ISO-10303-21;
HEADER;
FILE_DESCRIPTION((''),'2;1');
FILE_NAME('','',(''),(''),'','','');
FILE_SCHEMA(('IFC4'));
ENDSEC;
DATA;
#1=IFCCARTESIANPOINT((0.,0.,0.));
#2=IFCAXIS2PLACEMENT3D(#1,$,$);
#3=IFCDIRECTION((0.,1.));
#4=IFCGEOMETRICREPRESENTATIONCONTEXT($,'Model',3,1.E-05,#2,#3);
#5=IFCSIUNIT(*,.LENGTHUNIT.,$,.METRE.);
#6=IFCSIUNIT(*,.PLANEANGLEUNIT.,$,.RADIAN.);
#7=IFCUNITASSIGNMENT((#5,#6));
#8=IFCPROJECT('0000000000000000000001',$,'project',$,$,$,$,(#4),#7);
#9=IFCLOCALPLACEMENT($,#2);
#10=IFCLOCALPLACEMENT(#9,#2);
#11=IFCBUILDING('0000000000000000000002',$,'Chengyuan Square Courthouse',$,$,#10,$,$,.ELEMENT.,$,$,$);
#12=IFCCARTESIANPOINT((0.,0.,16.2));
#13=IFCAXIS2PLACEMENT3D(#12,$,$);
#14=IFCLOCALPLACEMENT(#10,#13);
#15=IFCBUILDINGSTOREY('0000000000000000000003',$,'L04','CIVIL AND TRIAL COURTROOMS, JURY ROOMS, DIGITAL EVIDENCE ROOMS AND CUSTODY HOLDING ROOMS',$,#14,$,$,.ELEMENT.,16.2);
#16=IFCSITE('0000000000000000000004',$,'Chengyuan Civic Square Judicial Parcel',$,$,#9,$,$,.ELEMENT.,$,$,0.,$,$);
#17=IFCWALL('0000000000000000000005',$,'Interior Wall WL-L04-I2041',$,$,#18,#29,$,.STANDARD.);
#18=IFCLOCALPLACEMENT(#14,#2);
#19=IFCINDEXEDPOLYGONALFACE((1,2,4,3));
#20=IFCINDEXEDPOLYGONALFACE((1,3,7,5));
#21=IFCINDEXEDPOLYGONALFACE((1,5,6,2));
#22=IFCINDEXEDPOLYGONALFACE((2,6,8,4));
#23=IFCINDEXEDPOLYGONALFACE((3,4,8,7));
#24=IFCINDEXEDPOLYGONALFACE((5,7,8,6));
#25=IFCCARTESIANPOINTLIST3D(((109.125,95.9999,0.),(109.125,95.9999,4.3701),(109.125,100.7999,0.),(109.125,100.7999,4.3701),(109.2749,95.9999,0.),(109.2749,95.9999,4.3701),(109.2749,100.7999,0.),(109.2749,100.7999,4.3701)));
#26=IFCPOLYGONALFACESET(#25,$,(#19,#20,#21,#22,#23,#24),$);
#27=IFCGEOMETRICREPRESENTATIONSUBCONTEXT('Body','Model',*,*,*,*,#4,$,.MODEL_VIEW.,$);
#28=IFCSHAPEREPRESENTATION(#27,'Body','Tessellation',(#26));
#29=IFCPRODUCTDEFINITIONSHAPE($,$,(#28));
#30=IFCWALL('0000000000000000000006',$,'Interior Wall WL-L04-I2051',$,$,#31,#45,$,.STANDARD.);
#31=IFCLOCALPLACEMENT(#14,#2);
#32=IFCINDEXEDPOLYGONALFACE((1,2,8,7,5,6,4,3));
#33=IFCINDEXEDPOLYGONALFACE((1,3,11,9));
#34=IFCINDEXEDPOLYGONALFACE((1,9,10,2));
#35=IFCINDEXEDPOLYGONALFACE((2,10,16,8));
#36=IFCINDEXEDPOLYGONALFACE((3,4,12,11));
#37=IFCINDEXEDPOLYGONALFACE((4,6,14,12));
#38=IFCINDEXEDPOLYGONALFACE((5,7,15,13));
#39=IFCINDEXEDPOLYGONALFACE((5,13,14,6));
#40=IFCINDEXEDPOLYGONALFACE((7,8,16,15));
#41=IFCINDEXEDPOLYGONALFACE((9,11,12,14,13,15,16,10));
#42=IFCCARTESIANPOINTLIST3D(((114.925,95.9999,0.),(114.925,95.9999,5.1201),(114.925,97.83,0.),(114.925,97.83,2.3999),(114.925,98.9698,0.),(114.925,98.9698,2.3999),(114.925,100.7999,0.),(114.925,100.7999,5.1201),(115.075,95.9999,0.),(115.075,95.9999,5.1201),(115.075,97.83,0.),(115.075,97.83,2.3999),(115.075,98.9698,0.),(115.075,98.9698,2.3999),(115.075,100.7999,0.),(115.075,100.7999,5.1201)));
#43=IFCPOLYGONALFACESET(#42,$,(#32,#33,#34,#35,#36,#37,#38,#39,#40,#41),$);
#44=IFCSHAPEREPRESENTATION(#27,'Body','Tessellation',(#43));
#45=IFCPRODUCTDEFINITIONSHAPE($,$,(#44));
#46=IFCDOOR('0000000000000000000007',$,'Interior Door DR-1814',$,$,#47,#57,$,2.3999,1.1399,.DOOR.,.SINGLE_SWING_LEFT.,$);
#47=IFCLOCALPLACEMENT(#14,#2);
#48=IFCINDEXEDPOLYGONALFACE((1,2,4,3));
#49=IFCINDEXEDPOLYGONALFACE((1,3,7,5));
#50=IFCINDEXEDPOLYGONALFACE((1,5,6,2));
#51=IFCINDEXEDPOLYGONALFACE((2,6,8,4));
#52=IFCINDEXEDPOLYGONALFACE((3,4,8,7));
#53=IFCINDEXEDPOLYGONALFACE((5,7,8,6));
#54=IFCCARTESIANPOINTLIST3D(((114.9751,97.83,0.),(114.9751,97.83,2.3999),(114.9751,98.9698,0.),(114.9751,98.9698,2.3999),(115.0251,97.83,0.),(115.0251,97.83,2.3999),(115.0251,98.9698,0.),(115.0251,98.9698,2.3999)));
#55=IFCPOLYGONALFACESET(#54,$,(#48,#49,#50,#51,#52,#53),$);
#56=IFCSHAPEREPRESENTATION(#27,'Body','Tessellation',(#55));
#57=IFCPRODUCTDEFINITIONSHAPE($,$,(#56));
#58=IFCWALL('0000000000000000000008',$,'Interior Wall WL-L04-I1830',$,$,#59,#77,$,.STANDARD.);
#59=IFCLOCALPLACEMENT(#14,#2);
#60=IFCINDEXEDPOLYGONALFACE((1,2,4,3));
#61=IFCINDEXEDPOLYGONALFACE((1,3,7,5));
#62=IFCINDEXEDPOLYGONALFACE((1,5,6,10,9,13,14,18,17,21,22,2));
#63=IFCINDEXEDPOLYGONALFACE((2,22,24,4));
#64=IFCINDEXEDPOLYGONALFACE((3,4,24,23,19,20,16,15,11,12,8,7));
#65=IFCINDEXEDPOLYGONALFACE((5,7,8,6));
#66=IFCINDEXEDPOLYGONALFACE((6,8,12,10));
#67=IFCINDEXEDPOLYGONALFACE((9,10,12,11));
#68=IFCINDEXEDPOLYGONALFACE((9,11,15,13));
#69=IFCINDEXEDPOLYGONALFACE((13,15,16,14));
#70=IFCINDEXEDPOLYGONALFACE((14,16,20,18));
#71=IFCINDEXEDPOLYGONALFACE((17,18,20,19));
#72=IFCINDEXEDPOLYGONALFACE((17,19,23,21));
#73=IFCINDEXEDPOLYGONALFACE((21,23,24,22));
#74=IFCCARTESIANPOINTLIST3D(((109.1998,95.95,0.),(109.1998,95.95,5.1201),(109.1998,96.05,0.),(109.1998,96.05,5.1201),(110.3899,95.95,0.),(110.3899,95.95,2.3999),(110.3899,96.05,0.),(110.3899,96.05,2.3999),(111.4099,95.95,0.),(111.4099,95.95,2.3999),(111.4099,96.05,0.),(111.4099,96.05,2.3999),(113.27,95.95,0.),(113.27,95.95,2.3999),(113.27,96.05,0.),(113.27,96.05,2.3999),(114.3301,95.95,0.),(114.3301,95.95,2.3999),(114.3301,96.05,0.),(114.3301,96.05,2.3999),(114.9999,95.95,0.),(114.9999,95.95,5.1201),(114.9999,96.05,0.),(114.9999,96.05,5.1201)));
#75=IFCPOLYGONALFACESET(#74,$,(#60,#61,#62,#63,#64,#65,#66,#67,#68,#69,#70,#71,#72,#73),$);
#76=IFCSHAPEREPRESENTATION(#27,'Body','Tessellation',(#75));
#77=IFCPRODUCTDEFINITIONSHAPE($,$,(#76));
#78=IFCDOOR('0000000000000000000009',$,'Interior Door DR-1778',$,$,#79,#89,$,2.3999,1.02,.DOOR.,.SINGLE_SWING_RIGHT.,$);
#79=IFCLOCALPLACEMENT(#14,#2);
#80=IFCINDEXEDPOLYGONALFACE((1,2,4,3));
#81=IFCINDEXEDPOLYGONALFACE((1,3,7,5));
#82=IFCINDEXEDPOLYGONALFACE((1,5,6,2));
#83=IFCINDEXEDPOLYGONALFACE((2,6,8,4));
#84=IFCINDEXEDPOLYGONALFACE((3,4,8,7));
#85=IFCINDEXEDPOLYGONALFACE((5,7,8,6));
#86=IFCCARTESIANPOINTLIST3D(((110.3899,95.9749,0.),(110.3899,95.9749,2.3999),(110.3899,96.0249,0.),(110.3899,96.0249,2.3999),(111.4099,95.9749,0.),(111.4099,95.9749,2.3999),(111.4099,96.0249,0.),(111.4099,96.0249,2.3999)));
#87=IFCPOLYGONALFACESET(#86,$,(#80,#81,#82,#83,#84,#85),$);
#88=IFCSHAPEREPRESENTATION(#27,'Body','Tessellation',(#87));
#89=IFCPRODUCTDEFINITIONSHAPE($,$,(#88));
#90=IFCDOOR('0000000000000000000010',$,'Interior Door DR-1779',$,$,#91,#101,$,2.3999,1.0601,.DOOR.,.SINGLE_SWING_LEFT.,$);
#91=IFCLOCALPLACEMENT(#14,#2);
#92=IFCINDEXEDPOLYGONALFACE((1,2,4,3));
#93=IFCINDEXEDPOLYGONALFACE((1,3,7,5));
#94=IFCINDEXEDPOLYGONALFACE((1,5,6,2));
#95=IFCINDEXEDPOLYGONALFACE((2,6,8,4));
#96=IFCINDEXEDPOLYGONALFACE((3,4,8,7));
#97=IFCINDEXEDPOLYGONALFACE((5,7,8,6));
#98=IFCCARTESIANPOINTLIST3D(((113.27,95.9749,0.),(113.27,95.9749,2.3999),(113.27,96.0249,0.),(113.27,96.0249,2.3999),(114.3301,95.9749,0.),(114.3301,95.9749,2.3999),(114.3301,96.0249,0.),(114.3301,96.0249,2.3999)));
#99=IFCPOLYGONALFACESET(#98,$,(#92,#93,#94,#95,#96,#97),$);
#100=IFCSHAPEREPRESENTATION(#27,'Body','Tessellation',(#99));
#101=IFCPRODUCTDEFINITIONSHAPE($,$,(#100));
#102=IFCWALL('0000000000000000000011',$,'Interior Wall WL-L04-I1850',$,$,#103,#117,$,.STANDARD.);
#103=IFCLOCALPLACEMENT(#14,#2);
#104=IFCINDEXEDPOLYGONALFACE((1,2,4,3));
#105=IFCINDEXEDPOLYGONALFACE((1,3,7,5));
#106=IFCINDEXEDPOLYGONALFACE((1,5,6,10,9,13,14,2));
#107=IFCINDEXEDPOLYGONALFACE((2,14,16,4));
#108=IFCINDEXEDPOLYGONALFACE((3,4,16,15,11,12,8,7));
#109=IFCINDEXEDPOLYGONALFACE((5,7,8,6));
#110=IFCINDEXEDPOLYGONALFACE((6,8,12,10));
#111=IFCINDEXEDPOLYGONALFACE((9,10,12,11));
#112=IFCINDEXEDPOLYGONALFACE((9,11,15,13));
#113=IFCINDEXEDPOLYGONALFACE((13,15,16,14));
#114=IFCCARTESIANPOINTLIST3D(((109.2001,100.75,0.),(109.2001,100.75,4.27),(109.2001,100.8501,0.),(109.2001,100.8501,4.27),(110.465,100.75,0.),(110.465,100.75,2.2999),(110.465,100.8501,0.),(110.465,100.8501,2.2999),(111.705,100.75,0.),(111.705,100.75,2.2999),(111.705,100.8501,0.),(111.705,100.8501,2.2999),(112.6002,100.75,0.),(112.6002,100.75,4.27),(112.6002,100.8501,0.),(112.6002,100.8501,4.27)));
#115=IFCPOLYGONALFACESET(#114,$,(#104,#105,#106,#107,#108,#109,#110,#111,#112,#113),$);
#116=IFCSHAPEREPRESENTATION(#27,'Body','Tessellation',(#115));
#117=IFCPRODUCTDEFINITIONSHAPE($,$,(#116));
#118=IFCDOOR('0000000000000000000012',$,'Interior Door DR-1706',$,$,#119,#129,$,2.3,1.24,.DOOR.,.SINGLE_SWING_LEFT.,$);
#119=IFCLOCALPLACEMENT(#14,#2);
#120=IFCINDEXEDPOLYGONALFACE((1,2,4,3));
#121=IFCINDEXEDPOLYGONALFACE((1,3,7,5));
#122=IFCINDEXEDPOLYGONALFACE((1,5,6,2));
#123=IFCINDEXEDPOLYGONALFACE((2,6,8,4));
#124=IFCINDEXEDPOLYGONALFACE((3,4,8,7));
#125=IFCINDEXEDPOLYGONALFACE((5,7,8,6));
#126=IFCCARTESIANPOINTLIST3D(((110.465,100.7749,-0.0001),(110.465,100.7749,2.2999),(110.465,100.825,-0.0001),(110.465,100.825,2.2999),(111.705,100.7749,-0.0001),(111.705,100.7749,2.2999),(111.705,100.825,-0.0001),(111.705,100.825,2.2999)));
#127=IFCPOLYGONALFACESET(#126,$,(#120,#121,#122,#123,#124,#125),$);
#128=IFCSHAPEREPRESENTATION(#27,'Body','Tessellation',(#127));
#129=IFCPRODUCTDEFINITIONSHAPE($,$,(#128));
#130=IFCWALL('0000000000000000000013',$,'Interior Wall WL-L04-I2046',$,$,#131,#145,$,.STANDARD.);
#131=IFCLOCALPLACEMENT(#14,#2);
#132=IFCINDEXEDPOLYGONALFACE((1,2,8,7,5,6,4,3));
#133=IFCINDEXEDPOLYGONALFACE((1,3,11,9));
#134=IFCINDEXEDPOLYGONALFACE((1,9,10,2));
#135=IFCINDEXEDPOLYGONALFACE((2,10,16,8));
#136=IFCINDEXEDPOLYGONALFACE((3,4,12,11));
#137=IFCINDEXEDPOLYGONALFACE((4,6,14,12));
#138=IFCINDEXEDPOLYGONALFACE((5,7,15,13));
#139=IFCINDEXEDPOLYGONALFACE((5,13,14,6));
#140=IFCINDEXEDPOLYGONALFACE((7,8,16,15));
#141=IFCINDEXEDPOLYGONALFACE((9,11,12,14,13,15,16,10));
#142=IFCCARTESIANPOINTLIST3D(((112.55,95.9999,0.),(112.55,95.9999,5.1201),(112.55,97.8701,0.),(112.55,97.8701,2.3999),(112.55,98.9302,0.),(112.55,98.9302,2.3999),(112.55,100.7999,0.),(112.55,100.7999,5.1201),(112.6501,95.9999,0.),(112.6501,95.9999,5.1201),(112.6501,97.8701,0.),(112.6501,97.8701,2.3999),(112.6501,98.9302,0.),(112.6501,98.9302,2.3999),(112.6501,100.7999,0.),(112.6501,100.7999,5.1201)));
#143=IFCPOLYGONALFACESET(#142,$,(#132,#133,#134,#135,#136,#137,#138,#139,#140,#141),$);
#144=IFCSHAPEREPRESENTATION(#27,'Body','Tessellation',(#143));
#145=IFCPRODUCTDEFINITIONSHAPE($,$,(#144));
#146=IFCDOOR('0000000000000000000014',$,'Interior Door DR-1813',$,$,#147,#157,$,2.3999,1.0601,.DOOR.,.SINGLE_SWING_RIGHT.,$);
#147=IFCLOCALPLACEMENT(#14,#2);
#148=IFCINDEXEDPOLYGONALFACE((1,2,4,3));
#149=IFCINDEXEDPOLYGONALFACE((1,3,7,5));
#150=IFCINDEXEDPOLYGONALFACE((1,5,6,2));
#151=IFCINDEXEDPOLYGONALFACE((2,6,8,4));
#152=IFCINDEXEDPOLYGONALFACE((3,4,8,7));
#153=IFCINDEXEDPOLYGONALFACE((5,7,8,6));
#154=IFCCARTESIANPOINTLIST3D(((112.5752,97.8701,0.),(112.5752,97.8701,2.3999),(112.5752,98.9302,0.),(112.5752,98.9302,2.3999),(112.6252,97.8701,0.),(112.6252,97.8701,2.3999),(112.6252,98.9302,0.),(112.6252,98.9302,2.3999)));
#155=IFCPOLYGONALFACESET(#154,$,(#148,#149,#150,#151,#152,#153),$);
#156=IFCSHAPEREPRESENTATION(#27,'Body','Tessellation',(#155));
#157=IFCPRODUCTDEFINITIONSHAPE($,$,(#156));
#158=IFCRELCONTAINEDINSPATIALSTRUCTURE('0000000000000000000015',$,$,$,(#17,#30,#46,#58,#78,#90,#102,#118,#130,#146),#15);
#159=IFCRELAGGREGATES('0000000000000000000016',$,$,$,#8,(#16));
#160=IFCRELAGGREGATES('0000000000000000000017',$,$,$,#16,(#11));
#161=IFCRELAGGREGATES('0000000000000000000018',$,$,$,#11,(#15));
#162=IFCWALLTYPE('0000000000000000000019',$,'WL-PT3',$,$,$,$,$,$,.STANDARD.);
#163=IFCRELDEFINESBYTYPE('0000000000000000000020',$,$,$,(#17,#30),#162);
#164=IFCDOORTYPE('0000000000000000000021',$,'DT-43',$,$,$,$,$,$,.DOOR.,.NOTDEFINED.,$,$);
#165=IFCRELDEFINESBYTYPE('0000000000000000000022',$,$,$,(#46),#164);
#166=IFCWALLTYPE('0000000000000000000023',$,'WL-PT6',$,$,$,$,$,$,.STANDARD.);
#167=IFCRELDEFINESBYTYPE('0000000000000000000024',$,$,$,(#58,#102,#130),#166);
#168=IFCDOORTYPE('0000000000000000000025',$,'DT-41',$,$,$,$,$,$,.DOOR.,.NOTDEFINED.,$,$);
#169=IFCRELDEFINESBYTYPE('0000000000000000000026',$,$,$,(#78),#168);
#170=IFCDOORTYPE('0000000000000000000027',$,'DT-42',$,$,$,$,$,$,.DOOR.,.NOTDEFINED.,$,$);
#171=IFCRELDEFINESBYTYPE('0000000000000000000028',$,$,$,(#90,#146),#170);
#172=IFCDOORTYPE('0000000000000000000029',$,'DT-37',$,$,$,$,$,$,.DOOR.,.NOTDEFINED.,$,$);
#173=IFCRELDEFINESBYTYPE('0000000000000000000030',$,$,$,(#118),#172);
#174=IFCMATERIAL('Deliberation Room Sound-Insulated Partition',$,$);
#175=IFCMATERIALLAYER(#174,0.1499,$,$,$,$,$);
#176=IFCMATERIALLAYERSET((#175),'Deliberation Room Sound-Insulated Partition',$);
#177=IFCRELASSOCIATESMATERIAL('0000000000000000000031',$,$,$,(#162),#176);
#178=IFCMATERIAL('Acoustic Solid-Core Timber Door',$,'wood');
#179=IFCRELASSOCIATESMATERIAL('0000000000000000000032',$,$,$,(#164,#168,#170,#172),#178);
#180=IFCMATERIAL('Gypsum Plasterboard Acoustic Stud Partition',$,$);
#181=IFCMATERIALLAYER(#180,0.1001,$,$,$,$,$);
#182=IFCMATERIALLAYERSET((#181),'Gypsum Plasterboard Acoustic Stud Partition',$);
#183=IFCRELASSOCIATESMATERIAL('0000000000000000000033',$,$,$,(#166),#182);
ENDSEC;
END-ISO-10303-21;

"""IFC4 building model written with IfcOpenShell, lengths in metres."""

from ifc_helpers import new_model, si_unit, direction, frame, frame_2d, origin, place, context, subcontext, project, spatial, rectangle, extrude, material, layer, layer_set, type_object, element, fill, save


model = new_model("IFC4")

# Units and contexts
model_context = context("Model", 3, precision=1e-05, world=origin(), true_north=direction((0.0, 1.0)))
body_context = subcontext(model_context, "Body", "Model", "MODEL_VIEW")
ifc_project = project(units=[si_unit("LENGTHUNIT", "METRE"), si_unit("PLANEANGLEUNIT", "RADIAN")], contexts=[model_context])

# Site, building, storey
site_placement = place(None, origin())
site = spatial("IfcSite", under=ifc_project, at=site_placement, Name="Chengyuan Civic Square Judicial Parcel", CompositionType="ELEMENT", RefElevation=0.0)
building_placement = place(site_placement, origin())
building = spatial("IfcBuilding", under=site, at=building_placement, Name="Chengyuan Square Courthouse", CompositionType="ELEMENT")
storey_placement = place(building_placement, frame((0.0, 0.0, 16.2)))
storey = spatial("IfcBuildingStorey", under=building, at=storey_placement, Name="L04", Description="CIVIL AND TRIAL COURTROOMS, JURY ROOMS, DIGITAL EVIDENCE ROOMS AND CUSTODY HOLDING ROOMS", CompositionType="ELEMENT", Elevation=16.2)

# Shared definitions
ifc_material_1 = material(Name="Deliberation Room Sound-Insulated Partition")
ifc_layer_1 = layer(ifc_material_1, 0.1499)
ifc_layer_set_1 = layer_set([ifc_layer_1], Name="Deliberation Room Sound-Insulated Partition")
wall_type_1 = type_object("IfcWallType", Name="WL-PT3", PredefinedType="STANDARD", material=ifc_layer_set_1)
ifc_material_2 = material(Name="Acoustic Solid-Core Timber Door", Category="wood")
door_type_1 = type_object("IfcDoorType", Name="DT-43", OperationType="NOTDEFINED", PredefinedType="DOOR", material=ifc_material_2)

# Wall
wall_1_placement = place(storey_placement, frame((109.2, 96.0, 0.0), z_axis=(0.0, 0.0, 1.0), x_axis=(0.0, 1.0, 0.0)))
element("IfcWall", 1, at=wall_1_placement, inside=storey, type_object=wall_type_1, Name="Interior Wall WL-L04-I2041", PredefinedType="STANDARD", context=body_context, shape_type="SweptSolid", body=[
    extrude(rectangle(XDim=4.8, YDim=0.1499, at=frame_2d((2.3999, 0.0))), origin(), (0.0, 0.0, 1.0), 4.3701),
])

# Wall, opening, door
wall_2_placement = place(storey_placement, frame((115.0, 96.0, 0.0), z_axis=(0.0, 0.0, 1.0), x_axis=(0.0, 1.0, 0.0)))
wall_2 = element("IfcWall", 2, at=wall_2_placement, inside=storey, type_object=wall_type_1, Name="Interior Wall WL-L04-I2051", PredefinedType="STANDARD", context=body_context, shape_type="SweptSolid", body=[
    extrude(rectangle(XDim=4.8, YDim=0.1499, at=frame_2d((2.3999, 0.0))), origin(), (0.0, 0.0, 1.0), 5.1201),
])
opening_1_placement = place(wall_2_placement, frame((1.8301, 0.0, 0.0)))
opening_1 = element("IfcOpeningElement", 3, at=opening_1_placement, cuts=wall_2, PredefinedType="OPENING", context=body_context, shape_type="SweptSolid", body=[
    extrude(rectangle(XDim=1.1399, YDim=2.3999, at=frame_2d((0.5698, 1.2))), frame((0.0, 0.0869, 0.0), z_axis=(0.0, -1.0, 0.0), x_axis=(1.0, 0.0, 0.0)), (0.0, 0.0, 1.0), 0.1738),
])
door_1_placement = place(opening_1_placement, origin())
door_1 = element("IfcDoor", 4, at=door_1_placement, inside=storey, type_object=door_type_1, Name="Interior Door DR-1814", OperationType="SINGLE_SWING_LEFT", OverallHeight=2.3999, OverallWidth=1.1399, PredefinedType="DOOR", context=body_context, shape_type="SweptSolid", body=[
    extrude(rectangle(XDim=1.1399, YDim=2.3999, at=frame_2d((0.5698, 1.2))), frame((0.0, 0.0249, 0.0), z_axis=(0.0, -1.0, 0.0), x_axis=(1.0, 0.0, 0.0)), (0.0, 0.0, 1.0), 0.05),
])
fill(opening_1, door_1)

# Wall, openings, doors
ifc_material_3 = material(Name="Gypsum Plasterboard Acoustic Stud Partition")
ifc_layer_2 = layer(ifc_material_3, 0.1001)
ifc_layer_set_2 = layer_set([ifc_layer_2], Name="Gypsum Plasterboard Acoustic Stud Partition")
wall_type_2 = type_object("IfcWallType", Name="WL-PT6", PredefinedType="STANDARD", material=ifc_layer_set_2)
wall_3_placement = place(storey_placement, frame((109.2, 96.0, 0.0), z_axis=(0.0, 0.0, 1.0), x_axis=(1.0, 0.0, 0.0)))
wall_3 = element("IfcWall", 5, at=wall_3_placement, inside=storey, type_object=wall_type_2, Name="Interior Wall WL-L04-I1830", PredefinedType="STANDARD", context=body_context, shape_type="SweptSolid", body=[
    extrude(rectangle(XDim=5.8, YDim=0.1001, at=frame_2d((2.8999, 0.0))), origin(), (0.0, 0.0, 1.0), 5.1201),
])
opening_2_placement = place(wall_3_placement, frame((1.1899, 0.0, 0.0)))
opening_2 = element("IfcOpeningElement", 6, at=opening_2_placement, cuts=wall_3, PredefinedType="OPENING", context=body_context, shape_type="SweptSolid", body=[
    extrude(rectangle(XDim=1.02, YDim=2.3999, at=frame_2d((0.51, 1.2))), frame((0.0, 0.062, 0.0), z_axis=(0.0, -1.0, 0.0), x_axis=(1.0, 0.0, 0.0)), (0.0, 0.0, 1.0), 0.124),
])
opening_3_placement = place(wall_3_placement, frame((4.0701, 0.0, 0.0)))
opening_3 = element("IfcOpeningElement", 7, at=opening_3_placement, cuts=wall_3, PredefinedType="OPENING", context=body_context, shape_type="SweptSolid", body=[
    extrude(rectangle(XDim=1.0601, YDim=2.3999, at=frame_2d((0.53, 1.2))), frame((0.0, 0.062, 0.0), z_axis=(0.0, -1.0, 0.0), x_axis=(1.0, 0.0, 0.0)), (0.0, 0.0, 1.0), 0.124),
])
door_type_2 = type_object("IfcDoorType", Name="DT-41", OperationType="NOTDEFINED", PredefinedType="DOOR", material=ifc_material_2)
door_2_placement = place(opening_2_placement, origin())
door_2 = element("IfcDoor", 8, at=door_2_placement, inside=storey, type_object=door_type_2, Name="Interior Door DR-1778", OperationType="SINGLE_SWING_RIGHT", OverallHeight=2.3999, OverallWidth=1.02, PredefinedType="DOOR", context=body_context, shape_type="SweptSolid", body=[
    extrude(rectangle(XDim=1.02, YDim=2.3999, at=frame_2d((0.51, 1.2))), frame((0.0, 0.0249, 0.0), z_axis=(0.0, -1.0, 0.0), x_axis=(1.0, 0.0, 0.0)), (0.0, 0.0, 1.0), 0.05),
])
fill(opening_2, door_2)
door_type_3 = type_object("IfcDoorType", Name="DT-42", OperationType="NOTDEFINED", PredefinedType="DOOR", material=ifc_material_2)
door_3_placement = place(opening_3_placement, origin())
door_3 = element("IfcDoor", 9, at=door_3_placement, inside=storey, type_object=door_type_3, Name="Interior Door DR-1779", OperationType="SINGLE_SWING_LEFT", OverallHeight=2.3999, OverallWidth=1.0601, PredefinedType="DOOR", context=body_context, shape_type="SweptSolid", body=[
    extrude(rectangle(XDim=1.0601, YDim=2.3999, at=frame_2d((0.53, 1.2))), frame((0.0, 0.0249, 0.0), z_axis=(0.0, -1.0, 0.0), x_axis=(1.0, 0.0, 0.0)), (0.0, 0.0, 1.0), 0.05),
])
fill(opening_3, door_3)

# Walls, openings, doors
wall_4_placement = place(storey_placement, frame((109.2, 100.8, 0.0), z_axis=(0.0, 0.0, 1.0), x_axis=(1.0, 0.0, 0.0)))
wall_4 = element("IfcWall", 10, at=wall_4_placement, inside=storey, type_object=wall_type_2, Name="Interior Wall WL-L04-I1850", PredefinedType="STANDARD", context=body_context, shape_type="SweptSolid", body=[
    extrude(rectangle(XDim=3.4001, YDim=0.1001, at=frame_2d((1.7002, 0.0))), origin(), (0.0, 0.0, 1.0), 4.27),
])
opening_4_placement = place(wall_4_placement, frame((1.2649, 0.0, 0.0)))
opening_4 = element("IfcOpeningElement", 11, at=opening_4_placement, cuts=wall_4, PredefinedType="OPENING", context=body_context, shape_type="SweptSolid", body=[
    extrude(rectangle(XDim=1.24, YDim=2.3, at=frame_2d((0.6201, 1.1499))), frame((0.0, 0.062, 0.0), z_axis=(0.0, -1.0, 0.0), x_axis=(1.0, 0.0, 0.0)), (0.0, 0.0, 1.0), 0.124),
])
door_type_4 = type_object("IfcDoorType", Name="DT-37", OperationType="NOTDEFINED", PredefinedType="DOOR", material=ifc_material_2)
door_4_placement = place(opening_4_placement, origin())
door_4 = element("IfcDoor", 12, at=door_4_placement, inside=storey, type_object=door_type_4, Name="Interior Door DR-1706", OperationType="SINGLE_SWING_LEFT", OverallHeight=2.3, OverallWidth=1.24, PredefinedType="DOOR", context=body_context, shape_type="SweptSolid", body=[
    extrude(rectangle(XDim=1.24, YDim=2.3, at=frame_2d((0.6201, 1.1499))), frame((0.0, 0.0249, 0.0), z_axis=(0.0, -1.0, 0.0), x_axis=(1.0, 0.0, 0.0)), (0.0, 0.0, 1.0), 0.05),
])
fill(opening_4, door_4)
wall_5_placement = place(storey_placement, frame((112.6001, 96.0, 0.0), z_axis=(0.0, 0.0, 1.0), x_axis=(0.0, 1.0, 0.0)))
wall_5 = element("IfcWall", 13, at=wall_5_placement, inside=storey, type_object=wall_type_2, Name="Interior Wall WL-L04-I2046", PredefinedType="STANDARD", context=body_context, shape_type="SweptSolid", body=[
    extrude(rectangle(XDim=4.8, YDim=0.1001, at=frame_2d((2.3999, 0.0))), origin(), (0.0, 0.0, 1.0), 5.1201),
])
opening_5_placement = place(wall_5_placement, frame((1.8701, 0.0, 0.0)))
opening_5 = element("IfcOpeningElement", 14, at=opening_5_placement, cuts=wall_5, PredefinedType="OPENING", context=body_context, shape_type="SweptSolid", body=[
    extrude(rectangle(XDim=1.0601, YDim=2.3999, at=frame_2d((0.53, 1.2))), frame((0.0, 0.062, 0.0), z_axis=(0.0, -1.0, 0.0), x_axis=(1.0, 0.0, 0.0)), (0.0, 0.0, 1.0), 0.124),
])
door_5_placement = place(opening_5_placement, origin())
door_5 = element("IfcDoor", 15, at=door_5_placement, inside=storey, type_object=door_type_3, Name="Interior Door DR-1813", OperationType="SINGLE_SWING_RIGHT", OverallHeight=2.3999, OverallWidth=1.0601, PredefinedType="DOOR", context=body_context, shape_type="SweptSolid", body=[
    extrude(rectangle(XDim=1.0601, YDim=2.3999, at=frame_2d((0.53, 1.2))), frame((0.0, 0.0249, 0.0), z_axis=(0.0, -1.0, 0.0), x_axis=(1.0, 0.0, 0.0)), (0.0, 0.0, 1.0), 0.05),
])
fill(opening_5, door_5)

save(model, "model.ifc")
